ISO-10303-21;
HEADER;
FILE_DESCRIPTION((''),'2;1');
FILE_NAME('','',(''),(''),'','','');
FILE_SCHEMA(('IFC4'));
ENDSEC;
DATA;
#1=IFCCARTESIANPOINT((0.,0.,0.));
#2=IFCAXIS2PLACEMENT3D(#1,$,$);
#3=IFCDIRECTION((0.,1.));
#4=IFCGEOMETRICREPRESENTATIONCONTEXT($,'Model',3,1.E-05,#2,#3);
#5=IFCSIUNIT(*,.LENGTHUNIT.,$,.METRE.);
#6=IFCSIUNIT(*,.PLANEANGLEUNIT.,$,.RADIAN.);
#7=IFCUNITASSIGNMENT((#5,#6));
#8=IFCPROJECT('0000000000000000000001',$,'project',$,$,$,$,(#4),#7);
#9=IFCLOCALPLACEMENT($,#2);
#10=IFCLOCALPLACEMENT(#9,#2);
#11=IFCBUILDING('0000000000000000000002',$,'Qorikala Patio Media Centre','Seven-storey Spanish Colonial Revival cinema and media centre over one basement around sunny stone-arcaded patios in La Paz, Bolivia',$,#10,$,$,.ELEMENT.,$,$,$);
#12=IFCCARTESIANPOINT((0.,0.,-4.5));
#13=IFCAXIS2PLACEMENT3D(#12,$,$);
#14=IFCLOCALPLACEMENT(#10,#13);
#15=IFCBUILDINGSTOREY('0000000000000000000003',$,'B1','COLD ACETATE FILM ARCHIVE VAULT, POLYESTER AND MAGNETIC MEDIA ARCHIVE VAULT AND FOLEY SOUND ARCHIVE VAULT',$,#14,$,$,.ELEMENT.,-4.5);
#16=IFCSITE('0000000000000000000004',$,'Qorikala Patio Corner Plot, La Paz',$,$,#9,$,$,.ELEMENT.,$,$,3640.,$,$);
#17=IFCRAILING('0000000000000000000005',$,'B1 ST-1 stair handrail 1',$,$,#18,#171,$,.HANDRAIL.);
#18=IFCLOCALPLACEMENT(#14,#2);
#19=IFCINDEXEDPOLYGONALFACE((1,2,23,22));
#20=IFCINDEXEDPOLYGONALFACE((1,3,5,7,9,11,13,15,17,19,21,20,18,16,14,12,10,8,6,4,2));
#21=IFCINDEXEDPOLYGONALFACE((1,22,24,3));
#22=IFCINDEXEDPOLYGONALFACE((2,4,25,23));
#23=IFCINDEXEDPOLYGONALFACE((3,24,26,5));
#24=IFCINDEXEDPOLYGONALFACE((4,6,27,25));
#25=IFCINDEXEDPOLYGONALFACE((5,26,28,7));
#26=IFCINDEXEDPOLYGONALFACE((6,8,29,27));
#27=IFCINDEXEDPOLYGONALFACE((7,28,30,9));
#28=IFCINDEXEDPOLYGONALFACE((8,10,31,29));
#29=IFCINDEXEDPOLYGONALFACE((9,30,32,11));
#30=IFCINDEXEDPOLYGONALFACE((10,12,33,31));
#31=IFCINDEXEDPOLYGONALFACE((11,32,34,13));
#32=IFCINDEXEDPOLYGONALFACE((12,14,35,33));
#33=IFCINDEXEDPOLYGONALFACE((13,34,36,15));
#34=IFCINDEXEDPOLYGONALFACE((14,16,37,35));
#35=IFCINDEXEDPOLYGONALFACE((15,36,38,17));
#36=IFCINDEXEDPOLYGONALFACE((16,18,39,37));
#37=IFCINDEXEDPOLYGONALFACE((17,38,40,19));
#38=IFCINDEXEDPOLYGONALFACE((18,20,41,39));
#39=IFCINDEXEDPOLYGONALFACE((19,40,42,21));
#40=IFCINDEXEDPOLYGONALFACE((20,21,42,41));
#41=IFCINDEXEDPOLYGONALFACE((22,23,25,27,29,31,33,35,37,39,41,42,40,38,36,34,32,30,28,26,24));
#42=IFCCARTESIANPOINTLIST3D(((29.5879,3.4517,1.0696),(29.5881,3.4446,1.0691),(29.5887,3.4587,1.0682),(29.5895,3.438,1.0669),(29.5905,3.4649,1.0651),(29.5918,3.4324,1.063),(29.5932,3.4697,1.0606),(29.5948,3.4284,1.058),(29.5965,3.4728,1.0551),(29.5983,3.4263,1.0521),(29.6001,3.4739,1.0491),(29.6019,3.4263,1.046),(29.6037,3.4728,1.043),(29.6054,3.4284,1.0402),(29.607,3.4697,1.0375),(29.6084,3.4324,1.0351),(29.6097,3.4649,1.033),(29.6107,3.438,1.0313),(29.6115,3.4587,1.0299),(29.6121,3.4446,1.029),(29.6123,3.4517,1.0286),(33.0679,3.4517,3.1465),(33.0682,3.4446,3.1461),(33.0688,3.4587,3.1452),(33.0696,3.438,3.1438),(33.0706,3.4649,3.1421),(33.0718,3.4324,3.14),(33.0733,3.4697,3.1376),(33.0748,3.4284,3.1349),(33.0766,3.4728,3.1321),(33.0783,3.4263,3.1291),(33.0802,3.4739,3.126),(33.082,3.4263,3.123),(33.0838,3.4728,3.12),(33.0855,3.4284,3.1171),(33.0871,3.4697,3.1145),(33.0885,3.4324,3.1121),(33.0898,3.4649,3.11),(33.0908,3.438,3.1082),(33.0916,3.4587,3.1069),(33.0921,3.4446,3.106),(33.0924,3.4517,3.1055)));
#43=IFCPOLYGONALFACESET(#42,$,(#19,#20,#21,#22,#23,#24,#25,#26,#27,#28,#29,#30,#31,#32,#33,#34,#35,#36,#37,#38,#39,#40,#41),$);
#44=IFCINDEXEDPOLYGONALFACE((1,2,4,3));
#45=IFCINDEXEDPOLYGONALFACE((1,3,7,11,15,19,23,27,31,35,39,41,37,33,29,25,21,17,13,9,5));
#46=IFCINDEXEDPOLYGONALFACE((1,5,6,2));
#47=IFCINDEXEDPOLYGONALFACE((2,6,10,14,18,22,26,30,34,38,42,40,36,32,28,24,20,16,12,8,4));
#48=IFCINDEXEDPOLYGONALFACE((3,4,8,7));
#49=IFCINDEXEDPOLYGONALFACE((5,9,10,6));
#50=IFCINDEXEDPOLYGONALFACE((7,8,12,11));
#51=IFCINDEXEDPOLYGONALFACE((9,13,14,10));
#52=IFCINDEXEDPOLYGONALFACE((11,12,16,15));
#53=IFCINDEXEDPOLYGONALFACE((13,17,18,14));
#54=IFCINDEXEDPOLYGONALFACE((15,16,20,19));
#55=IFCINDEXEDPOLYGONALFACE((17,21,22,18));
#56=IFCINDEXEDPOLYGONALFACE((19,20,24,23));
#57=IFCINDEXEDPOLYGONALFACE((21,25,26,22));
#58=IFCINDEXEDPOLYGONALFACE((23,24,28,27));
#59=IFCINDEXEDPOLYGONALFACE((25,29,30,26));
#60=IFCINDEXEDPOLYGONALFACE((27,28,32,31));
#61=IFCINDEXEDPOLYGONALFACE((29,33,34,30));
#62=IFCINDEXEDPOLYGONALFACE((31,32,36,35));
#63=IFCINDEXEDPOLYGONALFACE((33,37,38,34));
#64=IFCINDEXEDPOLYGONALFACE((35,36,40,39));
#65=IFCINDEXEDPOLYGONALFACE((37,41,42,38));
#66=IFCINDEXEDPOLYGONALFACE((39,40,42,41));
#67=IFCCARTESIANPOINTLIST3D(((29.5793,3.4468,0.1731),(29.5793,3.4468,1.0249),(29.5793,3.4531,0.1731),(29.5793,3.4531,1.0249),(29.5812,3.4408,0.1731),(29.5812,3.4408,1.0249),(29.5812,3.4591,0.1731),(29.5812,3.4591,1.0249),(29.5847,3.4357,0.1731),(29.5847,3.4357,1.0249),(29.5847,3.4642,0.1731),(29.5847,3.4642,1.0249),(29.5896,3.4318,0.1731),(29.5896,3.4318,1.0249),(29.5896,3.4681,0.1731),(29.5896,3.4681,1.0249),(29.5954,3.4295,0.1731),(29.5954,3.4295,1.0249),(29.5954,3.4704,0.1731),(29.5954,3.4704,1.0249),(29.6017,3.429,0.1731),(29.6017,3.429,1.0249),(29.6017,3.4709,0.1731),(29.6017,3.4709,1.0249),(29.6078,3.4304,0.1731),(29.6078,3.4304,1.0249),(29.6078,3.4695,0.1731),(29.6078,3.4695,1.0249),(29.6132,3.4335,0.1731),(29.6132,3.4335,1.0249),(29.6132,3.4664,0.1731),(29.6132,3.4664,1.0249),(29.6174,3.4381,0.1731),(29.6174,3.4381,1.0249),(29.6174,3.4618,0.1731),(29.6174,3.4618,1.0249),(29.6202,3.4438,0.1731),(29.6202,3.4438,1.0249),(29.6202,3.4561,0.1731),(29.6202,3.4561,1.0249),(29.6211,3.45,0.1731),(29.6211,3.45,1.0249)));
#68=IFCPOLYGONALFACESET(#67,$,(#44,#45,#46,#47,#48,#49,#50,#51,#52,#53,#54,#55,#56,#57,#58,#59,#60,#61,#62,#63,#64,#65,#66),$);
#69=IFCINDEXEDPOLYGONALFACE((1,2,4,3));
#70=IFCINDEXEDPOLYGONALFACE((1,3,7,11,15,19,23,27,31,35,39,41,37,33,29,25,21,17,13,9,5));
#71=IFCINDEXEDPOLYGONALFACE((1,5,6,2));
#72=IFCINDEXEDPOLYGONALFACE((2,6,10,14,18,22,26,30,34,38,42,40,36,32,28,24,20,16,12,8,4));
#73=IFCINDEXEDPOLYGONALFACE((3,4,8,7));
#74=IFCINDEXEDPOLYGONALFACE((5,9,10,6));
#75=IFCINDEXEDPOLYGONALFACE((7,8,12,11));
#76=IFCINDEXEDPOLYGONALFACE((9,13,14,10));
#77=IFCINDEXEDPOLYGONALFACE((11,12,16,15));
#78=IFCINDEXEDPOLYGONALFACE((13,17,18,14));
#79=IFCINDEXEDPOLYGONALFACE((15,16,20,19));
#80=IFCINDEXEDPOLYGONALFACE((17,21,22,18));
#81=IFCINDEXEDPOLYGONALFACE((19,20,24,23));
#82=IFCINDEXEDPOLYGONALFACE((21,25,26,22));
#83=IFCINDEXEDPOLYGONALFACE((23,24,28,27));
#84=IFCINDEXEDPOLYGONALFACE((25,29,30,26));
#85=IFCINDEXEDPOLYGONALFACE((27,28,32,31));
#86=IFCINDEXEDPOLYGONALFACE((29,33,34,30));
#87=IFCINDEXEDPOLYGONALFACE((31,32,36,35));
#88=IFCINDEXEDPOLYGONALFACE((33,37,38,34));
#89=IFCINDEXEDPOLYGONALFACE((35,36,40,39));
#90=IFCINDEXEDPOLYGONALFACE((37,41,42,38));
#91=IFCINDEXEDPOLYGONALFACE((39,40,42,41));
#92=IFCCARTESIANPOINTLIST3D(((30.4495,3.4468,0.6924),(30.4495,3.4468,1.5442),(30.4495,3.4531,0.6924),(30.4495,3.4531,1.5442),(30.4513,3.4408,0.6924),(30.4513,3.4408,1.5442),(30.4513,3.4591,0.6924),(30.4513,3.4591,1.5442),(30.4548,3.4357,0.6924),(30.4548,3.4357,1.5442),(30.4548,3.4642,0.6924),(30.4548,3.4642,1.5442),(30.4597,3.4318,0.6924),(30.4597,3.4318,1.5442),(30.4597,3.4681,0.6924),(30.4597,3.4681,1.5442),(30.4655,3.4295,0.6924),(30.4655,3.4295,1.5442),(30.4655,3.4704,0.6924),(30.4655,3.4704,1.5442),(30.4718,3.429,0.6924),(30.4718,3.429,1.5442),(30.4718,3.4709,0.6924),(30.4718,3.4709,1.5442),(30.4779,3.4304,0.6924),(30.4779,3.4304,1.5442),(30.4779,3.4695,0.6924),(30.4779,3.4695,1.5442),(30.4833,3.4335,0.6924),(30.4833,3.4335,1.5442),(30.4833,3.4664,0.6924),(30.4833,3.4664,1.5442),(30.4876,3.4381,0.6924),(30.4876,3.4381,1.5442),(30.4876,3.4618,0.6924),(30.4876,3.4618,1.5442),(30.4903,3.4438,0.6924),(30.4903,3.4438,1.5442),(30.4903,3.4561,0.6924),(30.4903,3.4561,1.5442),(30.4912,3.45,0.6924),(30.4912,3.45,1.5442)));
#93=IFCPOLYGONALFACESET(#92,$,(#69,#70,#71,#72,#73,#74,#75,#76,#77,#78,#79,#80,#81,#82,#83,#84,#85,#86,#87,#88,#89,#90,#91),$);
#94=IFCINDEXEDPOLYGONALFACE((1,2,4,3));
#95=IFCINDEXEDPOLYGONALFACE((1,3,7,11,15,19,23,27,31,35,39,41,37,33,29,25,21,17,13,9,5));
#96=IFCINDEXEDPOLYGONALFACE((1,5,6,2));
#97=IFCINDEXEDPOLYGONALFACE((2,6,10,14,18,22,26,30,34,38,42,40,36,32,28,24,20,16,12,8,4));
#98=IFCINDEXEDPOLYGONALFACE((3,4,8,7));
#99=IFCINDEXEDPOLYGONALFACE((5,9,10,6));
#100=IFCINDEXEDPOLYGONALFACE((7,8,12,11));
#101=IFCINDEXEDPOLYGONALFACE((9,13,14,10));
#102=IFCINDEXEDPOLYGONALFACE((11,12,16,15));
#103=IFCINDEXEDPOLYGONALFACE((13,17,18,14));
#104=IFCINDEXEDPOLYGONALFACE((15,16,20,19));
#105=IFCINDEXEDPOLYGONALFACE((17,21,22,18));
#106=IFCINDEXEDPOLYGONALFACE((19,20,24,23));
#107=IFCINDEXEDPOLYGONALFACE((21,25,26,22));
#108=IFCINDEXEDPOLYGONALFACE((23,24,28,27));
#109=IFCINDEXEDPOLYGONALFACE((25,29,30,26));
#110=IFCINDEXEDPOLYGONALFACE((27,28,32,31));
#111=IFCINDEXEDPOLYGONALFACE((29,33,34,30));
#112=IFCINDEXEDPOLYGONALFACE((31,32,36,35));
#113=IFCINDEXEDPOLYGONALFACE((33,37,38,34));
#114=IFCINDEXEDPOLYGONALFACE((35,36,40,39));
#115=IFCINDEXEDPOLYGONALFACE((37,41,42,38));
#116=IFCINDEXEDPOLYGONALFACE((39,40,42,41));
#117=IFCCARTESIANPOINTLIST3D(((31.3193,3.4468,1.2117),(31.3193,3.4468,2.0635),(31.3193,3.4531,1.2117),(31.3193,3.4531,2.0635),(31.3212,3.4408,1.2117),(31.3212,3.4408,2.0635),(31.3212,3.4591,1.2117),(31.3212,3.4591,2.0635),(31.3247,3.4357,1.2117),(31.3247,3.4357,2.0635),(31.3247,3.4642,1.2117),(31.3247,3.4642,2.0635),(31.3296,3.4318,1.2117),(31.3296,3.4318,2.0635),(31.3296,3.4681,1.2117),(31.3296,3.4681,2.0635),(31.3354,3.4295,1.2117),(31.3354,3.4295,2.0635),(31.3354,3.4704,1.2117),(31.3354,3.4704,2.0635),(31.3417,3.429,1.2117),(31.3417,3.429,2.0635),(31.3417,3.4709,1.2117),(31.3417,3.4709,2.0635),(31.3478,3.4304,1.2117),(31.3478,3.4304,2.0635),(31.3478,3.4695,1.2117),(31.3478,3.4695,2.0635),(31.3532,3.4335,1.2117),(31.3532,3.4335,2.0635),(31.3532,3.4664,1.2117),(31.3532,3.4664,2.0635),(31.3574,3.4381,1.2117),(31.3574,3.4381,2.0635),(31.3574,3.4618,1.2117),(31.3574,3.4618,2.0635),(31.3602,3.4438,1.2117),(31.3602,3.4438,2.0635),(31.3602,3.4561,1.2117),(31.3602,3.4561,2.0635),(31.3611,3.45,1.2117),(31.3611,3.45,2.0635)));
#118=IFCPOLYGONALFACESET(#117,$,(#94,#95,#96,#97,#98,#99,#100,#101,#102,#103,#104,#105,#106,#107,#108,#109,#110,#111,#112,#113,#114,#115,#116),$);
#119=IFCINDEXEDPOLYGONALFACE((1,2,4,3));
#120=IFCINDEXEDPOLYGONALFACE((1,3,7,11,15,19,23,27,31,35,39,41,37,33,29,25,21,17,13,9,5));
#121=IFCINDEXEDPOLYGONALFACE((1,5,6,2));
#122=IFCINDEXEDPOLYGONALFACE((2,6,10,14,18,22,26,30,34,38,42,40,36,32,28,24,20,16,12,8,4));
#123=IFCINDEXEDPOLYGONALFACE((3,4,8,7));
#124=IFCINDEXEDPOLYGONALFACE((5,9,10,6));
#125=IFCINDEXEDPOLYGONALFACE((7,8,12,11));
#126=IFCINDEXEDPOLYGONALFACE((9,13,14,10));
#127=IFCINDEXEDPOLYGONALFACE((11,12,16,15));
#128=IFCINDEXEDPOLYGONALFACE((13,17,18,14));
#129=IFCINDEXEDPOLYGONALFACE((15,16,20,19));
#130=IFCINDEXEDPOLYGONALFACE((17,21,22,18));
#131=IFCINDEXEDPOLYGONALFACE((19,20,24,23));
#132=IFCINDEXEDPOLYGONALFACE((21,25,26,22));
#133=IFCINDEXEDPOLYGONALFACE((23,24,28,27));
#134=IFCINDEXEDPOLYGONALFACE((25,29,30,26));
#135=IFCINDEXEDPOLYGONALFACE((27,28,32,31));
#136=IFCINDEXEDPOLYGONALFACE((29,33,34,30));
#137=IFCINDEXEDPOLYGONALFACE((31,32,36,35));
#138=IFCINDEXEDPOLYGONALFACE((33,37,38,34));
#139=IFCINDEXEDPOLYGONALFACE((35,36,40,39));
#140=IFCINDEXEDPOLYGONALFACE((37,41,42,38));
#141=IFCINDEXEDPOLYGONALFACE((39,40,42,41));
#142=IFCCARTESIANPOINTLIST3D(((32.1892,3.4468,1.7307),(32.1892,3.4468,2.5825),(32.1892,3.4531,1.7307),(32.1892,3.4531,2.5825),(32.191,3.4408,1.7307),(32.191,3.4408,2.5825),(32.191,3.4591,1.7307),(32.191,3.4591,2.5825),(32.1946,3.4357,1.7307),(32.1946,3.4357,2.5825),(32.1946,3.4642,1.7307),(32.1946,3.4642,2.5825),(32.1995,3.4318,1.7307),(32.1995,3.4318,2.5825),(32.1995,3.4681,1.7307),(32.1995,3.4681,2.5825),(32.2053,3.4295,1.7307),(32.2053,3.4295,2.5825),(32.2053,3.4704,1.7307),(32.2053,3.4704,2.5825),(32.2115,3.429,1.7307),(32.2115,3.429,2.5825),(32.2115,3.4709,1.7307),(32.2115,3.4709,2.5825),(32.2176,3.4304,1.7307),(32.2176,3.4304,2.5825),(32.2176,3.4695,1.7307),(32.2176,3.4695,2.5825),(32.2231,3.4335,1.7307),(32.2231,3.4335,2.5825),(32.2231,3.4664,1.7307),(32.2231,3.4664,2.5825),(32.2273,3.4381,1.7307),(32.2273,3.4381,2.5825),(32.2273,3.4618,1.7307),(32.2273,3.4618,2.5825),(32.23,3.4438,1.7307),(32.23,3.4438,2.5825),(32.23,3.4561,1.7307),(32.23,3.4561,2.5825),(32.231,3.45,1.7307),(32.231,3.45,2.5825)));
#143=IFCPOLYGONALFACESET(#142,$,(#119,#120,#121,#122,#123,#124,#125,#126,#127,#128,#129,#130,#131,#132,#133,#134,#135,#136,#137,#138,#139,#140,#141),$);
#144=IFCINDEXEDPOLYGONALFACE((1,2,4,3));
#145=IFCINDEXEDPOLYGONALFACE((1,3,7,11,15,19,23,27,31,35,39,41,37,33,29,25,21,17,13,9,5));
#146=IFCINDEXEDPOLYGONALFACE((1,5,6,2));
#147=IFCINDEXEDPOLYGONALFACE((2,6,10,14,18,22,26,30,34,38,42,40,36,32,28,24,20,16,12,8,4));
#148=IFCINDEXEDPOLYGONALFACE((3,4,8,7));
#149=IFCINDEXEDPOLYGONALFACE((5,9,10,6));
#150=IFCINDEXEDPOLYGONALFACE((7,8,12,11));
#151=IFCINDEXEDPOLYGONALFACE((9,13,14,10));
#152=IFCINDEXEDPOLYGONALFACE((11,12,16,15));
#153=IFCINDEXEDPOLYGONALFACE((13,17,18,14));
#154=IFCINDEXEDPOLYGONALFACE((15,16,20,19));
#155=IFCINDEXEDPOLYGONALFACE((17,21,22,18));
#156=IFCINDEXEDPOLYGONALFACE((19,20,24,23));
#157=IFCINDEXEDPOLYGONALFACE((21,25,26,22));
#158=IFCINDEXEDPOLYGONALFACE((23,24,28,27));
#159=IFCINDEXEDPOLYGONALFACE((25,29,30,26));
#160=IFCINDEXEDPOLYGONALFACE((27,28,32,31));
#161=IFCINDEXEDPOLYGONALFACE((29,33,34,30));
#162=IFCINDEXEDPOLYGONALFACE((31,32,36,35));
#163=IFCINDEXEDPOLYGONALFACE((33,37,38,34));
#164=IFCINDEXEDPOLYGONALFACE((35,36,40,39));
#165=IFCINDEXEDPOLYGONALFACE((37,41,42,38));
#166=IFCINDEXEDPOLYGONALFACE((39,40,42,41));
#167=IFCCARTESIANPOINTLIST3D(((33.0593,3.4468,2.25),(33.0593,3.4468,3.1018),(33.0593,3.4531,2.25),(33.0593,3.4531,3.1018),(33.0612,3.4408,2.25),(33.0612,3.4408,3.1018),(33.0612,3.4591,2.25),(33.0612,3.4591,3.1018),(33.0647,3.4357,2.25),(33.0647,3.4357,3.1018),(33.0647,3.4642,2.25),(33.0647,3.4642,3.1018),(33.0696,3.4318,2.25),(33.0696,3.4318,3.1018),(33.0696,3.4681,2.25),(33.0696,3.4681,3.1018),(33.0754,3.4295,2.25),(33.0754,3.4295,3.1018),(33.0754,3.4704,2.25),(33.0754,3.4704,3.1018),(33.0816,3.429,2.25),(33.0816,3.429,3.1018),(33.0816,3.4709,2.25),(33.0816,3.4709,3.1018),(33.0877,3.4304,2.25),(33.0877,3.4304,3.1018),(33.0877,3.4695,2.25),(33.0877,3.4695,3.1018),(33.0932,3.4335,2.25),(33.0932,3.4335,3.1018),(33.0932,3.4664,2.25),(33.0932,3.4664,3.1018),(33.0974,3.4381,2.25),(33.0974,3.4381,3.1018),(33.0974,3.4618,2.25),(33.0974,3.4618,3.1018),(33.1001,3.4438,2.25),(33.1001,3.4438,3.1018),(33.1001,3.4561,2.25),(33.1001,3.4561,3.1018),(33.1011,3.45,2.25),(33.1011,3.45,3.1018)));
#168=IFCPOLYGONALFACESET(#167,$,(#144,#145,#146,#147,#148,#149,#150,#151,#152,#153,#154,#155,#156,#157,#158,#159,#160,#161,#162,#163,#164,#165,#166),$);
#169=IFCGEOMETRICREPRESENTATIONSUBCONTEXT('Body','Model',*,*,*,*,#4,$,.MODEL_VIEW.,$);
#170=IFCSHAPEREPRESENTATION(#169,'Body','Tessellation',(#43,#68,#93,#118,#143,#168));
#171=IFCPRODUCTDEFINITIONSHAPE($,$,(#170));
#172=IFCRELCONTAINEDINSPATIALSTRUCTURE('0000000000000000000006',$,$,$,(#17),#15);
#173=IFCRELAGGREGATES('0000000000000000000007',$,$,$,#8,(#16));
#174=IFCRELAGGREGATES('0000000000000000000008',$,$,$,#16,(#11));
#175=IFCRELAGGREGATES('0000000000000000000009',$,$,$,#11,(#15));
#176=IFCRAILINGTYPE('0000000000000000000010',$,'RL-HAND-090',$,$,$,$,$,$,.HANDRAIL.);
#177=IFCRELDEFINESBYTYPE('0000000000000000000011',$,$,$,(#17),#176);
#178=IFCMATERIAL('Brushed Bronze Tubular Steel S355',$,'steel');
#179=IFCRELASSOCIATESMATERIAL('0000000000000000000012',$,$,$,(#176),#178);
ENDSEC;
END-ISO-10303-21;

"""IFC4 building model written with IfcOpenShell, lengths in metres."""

from ifc_helpers import new_model, si_unit, direction, frame, origin, origin_2d, place, context, subcontext, project, spatial, circle, extrude, material, type_object, element, save


model = new_model("IFC4")

# Units and contexts
model_context = context("Model", 3, precision=1e-05, world=origin(), true_north=direction((0.0, 1.0)))
body_context = subcontext(model_context, "Body", "Model", "MODEL_VIEW")
ifc_project = project(units=[si_unit("LENGTHUNIT", "METRE"), si_unit("PLANEANGLEUNIT", "RADIAN")], contexts=[model_context])

# Site, building, storey
site_placement = place(None, origin())
site = spatial("IfcSite", under=ifc_project, at=site_placement, Name="Qorikala Patio Corner Plot, La Paz", CompositionType="ELEMENT", RefElevation=3640.0)
building_placement = place(site_placement, origin())
building = spatial("IfcBuilding", under=site, at=building_placement, Name="Qorikala Patio Media Centre", Description="Seven-storey Spanish Colonial Revival cinema and media centre over one basement around sunny stone-arcaded patios in La Paz, Bolivia", CompositionType="ELEMENT")
storey_placement = place(building_placement, frame((0.0, 0.0, -4.5)))
storey = spatial("IfcBuildingStorey", under=building, at=storey_placement, Name="B1", Description="COLD ACETATE FILM ARCHIVE VAULT, POLYESTER AND MAGNETIC MEDIA ARCHIVE VAULT AND FOLEY SOUND ARCHIVE VAULT", CompositionType="ELEMENT", Elevation=-4.5)

# Railing
ifc_material_1 = material(Name="Brushed Bronze Tubular Steel S355", Category="steel")
railing_type_1 = type_object("IfcRailingType", Name="RL-HAND-090", PredefinedType="HANDRAIL", material=ifc_material_1)
railing_1_placement = place(storey_placement, frame((29.6001, 3.45, 0.1731)))
element("IfcRailing", 1, at=railing_1_placement, inside=storey, type_object=railing_type_1, Name="B1 ST-1 stair handrail 1", PredefinedType="HANDRAIL", context=body_context, shape_type="SweptSolid", body=[
    extrude(circle(Radius=0.0239, at=origin_2d()), frame((0.0, 0.0, 0.876), z_axis=(0.858697, 0.0, 0.512483), x_axis=(0.0, 1.0, 0.0)), (0.0, 0.0, 1.0), 4.0527),
    extrude(circle(Radius=0.021, at=origin_2d()), origin(), (0.0, 0.0, 1.0), 0.8518),
    extrude(circle(Radius=0.021, at=origin_2d()), frame((0.8701, 0.0, 0.5193)), (0.0, 0.0, 1.0), 0.8518),
    extrude(circle(Radius=0.021, at=origin_2d()), frame((1.74, 0.0, 1.0386)), (0.0, 0.0, 1.0), 0.8518),
    extrude(circle(Radius=0.021, at=origin_2d()), frame((2.6099, 0.0, 1.5576)), (0.0, 0.0, 1.0), 0.8518),
    extrude(circle(Radius=0.021, at=origin_2d()), frame((3.48, 0.0, 2.0769)), (0.0, 0.0, 1.0), 0.8518),
])

save(model, "model.ifc")
